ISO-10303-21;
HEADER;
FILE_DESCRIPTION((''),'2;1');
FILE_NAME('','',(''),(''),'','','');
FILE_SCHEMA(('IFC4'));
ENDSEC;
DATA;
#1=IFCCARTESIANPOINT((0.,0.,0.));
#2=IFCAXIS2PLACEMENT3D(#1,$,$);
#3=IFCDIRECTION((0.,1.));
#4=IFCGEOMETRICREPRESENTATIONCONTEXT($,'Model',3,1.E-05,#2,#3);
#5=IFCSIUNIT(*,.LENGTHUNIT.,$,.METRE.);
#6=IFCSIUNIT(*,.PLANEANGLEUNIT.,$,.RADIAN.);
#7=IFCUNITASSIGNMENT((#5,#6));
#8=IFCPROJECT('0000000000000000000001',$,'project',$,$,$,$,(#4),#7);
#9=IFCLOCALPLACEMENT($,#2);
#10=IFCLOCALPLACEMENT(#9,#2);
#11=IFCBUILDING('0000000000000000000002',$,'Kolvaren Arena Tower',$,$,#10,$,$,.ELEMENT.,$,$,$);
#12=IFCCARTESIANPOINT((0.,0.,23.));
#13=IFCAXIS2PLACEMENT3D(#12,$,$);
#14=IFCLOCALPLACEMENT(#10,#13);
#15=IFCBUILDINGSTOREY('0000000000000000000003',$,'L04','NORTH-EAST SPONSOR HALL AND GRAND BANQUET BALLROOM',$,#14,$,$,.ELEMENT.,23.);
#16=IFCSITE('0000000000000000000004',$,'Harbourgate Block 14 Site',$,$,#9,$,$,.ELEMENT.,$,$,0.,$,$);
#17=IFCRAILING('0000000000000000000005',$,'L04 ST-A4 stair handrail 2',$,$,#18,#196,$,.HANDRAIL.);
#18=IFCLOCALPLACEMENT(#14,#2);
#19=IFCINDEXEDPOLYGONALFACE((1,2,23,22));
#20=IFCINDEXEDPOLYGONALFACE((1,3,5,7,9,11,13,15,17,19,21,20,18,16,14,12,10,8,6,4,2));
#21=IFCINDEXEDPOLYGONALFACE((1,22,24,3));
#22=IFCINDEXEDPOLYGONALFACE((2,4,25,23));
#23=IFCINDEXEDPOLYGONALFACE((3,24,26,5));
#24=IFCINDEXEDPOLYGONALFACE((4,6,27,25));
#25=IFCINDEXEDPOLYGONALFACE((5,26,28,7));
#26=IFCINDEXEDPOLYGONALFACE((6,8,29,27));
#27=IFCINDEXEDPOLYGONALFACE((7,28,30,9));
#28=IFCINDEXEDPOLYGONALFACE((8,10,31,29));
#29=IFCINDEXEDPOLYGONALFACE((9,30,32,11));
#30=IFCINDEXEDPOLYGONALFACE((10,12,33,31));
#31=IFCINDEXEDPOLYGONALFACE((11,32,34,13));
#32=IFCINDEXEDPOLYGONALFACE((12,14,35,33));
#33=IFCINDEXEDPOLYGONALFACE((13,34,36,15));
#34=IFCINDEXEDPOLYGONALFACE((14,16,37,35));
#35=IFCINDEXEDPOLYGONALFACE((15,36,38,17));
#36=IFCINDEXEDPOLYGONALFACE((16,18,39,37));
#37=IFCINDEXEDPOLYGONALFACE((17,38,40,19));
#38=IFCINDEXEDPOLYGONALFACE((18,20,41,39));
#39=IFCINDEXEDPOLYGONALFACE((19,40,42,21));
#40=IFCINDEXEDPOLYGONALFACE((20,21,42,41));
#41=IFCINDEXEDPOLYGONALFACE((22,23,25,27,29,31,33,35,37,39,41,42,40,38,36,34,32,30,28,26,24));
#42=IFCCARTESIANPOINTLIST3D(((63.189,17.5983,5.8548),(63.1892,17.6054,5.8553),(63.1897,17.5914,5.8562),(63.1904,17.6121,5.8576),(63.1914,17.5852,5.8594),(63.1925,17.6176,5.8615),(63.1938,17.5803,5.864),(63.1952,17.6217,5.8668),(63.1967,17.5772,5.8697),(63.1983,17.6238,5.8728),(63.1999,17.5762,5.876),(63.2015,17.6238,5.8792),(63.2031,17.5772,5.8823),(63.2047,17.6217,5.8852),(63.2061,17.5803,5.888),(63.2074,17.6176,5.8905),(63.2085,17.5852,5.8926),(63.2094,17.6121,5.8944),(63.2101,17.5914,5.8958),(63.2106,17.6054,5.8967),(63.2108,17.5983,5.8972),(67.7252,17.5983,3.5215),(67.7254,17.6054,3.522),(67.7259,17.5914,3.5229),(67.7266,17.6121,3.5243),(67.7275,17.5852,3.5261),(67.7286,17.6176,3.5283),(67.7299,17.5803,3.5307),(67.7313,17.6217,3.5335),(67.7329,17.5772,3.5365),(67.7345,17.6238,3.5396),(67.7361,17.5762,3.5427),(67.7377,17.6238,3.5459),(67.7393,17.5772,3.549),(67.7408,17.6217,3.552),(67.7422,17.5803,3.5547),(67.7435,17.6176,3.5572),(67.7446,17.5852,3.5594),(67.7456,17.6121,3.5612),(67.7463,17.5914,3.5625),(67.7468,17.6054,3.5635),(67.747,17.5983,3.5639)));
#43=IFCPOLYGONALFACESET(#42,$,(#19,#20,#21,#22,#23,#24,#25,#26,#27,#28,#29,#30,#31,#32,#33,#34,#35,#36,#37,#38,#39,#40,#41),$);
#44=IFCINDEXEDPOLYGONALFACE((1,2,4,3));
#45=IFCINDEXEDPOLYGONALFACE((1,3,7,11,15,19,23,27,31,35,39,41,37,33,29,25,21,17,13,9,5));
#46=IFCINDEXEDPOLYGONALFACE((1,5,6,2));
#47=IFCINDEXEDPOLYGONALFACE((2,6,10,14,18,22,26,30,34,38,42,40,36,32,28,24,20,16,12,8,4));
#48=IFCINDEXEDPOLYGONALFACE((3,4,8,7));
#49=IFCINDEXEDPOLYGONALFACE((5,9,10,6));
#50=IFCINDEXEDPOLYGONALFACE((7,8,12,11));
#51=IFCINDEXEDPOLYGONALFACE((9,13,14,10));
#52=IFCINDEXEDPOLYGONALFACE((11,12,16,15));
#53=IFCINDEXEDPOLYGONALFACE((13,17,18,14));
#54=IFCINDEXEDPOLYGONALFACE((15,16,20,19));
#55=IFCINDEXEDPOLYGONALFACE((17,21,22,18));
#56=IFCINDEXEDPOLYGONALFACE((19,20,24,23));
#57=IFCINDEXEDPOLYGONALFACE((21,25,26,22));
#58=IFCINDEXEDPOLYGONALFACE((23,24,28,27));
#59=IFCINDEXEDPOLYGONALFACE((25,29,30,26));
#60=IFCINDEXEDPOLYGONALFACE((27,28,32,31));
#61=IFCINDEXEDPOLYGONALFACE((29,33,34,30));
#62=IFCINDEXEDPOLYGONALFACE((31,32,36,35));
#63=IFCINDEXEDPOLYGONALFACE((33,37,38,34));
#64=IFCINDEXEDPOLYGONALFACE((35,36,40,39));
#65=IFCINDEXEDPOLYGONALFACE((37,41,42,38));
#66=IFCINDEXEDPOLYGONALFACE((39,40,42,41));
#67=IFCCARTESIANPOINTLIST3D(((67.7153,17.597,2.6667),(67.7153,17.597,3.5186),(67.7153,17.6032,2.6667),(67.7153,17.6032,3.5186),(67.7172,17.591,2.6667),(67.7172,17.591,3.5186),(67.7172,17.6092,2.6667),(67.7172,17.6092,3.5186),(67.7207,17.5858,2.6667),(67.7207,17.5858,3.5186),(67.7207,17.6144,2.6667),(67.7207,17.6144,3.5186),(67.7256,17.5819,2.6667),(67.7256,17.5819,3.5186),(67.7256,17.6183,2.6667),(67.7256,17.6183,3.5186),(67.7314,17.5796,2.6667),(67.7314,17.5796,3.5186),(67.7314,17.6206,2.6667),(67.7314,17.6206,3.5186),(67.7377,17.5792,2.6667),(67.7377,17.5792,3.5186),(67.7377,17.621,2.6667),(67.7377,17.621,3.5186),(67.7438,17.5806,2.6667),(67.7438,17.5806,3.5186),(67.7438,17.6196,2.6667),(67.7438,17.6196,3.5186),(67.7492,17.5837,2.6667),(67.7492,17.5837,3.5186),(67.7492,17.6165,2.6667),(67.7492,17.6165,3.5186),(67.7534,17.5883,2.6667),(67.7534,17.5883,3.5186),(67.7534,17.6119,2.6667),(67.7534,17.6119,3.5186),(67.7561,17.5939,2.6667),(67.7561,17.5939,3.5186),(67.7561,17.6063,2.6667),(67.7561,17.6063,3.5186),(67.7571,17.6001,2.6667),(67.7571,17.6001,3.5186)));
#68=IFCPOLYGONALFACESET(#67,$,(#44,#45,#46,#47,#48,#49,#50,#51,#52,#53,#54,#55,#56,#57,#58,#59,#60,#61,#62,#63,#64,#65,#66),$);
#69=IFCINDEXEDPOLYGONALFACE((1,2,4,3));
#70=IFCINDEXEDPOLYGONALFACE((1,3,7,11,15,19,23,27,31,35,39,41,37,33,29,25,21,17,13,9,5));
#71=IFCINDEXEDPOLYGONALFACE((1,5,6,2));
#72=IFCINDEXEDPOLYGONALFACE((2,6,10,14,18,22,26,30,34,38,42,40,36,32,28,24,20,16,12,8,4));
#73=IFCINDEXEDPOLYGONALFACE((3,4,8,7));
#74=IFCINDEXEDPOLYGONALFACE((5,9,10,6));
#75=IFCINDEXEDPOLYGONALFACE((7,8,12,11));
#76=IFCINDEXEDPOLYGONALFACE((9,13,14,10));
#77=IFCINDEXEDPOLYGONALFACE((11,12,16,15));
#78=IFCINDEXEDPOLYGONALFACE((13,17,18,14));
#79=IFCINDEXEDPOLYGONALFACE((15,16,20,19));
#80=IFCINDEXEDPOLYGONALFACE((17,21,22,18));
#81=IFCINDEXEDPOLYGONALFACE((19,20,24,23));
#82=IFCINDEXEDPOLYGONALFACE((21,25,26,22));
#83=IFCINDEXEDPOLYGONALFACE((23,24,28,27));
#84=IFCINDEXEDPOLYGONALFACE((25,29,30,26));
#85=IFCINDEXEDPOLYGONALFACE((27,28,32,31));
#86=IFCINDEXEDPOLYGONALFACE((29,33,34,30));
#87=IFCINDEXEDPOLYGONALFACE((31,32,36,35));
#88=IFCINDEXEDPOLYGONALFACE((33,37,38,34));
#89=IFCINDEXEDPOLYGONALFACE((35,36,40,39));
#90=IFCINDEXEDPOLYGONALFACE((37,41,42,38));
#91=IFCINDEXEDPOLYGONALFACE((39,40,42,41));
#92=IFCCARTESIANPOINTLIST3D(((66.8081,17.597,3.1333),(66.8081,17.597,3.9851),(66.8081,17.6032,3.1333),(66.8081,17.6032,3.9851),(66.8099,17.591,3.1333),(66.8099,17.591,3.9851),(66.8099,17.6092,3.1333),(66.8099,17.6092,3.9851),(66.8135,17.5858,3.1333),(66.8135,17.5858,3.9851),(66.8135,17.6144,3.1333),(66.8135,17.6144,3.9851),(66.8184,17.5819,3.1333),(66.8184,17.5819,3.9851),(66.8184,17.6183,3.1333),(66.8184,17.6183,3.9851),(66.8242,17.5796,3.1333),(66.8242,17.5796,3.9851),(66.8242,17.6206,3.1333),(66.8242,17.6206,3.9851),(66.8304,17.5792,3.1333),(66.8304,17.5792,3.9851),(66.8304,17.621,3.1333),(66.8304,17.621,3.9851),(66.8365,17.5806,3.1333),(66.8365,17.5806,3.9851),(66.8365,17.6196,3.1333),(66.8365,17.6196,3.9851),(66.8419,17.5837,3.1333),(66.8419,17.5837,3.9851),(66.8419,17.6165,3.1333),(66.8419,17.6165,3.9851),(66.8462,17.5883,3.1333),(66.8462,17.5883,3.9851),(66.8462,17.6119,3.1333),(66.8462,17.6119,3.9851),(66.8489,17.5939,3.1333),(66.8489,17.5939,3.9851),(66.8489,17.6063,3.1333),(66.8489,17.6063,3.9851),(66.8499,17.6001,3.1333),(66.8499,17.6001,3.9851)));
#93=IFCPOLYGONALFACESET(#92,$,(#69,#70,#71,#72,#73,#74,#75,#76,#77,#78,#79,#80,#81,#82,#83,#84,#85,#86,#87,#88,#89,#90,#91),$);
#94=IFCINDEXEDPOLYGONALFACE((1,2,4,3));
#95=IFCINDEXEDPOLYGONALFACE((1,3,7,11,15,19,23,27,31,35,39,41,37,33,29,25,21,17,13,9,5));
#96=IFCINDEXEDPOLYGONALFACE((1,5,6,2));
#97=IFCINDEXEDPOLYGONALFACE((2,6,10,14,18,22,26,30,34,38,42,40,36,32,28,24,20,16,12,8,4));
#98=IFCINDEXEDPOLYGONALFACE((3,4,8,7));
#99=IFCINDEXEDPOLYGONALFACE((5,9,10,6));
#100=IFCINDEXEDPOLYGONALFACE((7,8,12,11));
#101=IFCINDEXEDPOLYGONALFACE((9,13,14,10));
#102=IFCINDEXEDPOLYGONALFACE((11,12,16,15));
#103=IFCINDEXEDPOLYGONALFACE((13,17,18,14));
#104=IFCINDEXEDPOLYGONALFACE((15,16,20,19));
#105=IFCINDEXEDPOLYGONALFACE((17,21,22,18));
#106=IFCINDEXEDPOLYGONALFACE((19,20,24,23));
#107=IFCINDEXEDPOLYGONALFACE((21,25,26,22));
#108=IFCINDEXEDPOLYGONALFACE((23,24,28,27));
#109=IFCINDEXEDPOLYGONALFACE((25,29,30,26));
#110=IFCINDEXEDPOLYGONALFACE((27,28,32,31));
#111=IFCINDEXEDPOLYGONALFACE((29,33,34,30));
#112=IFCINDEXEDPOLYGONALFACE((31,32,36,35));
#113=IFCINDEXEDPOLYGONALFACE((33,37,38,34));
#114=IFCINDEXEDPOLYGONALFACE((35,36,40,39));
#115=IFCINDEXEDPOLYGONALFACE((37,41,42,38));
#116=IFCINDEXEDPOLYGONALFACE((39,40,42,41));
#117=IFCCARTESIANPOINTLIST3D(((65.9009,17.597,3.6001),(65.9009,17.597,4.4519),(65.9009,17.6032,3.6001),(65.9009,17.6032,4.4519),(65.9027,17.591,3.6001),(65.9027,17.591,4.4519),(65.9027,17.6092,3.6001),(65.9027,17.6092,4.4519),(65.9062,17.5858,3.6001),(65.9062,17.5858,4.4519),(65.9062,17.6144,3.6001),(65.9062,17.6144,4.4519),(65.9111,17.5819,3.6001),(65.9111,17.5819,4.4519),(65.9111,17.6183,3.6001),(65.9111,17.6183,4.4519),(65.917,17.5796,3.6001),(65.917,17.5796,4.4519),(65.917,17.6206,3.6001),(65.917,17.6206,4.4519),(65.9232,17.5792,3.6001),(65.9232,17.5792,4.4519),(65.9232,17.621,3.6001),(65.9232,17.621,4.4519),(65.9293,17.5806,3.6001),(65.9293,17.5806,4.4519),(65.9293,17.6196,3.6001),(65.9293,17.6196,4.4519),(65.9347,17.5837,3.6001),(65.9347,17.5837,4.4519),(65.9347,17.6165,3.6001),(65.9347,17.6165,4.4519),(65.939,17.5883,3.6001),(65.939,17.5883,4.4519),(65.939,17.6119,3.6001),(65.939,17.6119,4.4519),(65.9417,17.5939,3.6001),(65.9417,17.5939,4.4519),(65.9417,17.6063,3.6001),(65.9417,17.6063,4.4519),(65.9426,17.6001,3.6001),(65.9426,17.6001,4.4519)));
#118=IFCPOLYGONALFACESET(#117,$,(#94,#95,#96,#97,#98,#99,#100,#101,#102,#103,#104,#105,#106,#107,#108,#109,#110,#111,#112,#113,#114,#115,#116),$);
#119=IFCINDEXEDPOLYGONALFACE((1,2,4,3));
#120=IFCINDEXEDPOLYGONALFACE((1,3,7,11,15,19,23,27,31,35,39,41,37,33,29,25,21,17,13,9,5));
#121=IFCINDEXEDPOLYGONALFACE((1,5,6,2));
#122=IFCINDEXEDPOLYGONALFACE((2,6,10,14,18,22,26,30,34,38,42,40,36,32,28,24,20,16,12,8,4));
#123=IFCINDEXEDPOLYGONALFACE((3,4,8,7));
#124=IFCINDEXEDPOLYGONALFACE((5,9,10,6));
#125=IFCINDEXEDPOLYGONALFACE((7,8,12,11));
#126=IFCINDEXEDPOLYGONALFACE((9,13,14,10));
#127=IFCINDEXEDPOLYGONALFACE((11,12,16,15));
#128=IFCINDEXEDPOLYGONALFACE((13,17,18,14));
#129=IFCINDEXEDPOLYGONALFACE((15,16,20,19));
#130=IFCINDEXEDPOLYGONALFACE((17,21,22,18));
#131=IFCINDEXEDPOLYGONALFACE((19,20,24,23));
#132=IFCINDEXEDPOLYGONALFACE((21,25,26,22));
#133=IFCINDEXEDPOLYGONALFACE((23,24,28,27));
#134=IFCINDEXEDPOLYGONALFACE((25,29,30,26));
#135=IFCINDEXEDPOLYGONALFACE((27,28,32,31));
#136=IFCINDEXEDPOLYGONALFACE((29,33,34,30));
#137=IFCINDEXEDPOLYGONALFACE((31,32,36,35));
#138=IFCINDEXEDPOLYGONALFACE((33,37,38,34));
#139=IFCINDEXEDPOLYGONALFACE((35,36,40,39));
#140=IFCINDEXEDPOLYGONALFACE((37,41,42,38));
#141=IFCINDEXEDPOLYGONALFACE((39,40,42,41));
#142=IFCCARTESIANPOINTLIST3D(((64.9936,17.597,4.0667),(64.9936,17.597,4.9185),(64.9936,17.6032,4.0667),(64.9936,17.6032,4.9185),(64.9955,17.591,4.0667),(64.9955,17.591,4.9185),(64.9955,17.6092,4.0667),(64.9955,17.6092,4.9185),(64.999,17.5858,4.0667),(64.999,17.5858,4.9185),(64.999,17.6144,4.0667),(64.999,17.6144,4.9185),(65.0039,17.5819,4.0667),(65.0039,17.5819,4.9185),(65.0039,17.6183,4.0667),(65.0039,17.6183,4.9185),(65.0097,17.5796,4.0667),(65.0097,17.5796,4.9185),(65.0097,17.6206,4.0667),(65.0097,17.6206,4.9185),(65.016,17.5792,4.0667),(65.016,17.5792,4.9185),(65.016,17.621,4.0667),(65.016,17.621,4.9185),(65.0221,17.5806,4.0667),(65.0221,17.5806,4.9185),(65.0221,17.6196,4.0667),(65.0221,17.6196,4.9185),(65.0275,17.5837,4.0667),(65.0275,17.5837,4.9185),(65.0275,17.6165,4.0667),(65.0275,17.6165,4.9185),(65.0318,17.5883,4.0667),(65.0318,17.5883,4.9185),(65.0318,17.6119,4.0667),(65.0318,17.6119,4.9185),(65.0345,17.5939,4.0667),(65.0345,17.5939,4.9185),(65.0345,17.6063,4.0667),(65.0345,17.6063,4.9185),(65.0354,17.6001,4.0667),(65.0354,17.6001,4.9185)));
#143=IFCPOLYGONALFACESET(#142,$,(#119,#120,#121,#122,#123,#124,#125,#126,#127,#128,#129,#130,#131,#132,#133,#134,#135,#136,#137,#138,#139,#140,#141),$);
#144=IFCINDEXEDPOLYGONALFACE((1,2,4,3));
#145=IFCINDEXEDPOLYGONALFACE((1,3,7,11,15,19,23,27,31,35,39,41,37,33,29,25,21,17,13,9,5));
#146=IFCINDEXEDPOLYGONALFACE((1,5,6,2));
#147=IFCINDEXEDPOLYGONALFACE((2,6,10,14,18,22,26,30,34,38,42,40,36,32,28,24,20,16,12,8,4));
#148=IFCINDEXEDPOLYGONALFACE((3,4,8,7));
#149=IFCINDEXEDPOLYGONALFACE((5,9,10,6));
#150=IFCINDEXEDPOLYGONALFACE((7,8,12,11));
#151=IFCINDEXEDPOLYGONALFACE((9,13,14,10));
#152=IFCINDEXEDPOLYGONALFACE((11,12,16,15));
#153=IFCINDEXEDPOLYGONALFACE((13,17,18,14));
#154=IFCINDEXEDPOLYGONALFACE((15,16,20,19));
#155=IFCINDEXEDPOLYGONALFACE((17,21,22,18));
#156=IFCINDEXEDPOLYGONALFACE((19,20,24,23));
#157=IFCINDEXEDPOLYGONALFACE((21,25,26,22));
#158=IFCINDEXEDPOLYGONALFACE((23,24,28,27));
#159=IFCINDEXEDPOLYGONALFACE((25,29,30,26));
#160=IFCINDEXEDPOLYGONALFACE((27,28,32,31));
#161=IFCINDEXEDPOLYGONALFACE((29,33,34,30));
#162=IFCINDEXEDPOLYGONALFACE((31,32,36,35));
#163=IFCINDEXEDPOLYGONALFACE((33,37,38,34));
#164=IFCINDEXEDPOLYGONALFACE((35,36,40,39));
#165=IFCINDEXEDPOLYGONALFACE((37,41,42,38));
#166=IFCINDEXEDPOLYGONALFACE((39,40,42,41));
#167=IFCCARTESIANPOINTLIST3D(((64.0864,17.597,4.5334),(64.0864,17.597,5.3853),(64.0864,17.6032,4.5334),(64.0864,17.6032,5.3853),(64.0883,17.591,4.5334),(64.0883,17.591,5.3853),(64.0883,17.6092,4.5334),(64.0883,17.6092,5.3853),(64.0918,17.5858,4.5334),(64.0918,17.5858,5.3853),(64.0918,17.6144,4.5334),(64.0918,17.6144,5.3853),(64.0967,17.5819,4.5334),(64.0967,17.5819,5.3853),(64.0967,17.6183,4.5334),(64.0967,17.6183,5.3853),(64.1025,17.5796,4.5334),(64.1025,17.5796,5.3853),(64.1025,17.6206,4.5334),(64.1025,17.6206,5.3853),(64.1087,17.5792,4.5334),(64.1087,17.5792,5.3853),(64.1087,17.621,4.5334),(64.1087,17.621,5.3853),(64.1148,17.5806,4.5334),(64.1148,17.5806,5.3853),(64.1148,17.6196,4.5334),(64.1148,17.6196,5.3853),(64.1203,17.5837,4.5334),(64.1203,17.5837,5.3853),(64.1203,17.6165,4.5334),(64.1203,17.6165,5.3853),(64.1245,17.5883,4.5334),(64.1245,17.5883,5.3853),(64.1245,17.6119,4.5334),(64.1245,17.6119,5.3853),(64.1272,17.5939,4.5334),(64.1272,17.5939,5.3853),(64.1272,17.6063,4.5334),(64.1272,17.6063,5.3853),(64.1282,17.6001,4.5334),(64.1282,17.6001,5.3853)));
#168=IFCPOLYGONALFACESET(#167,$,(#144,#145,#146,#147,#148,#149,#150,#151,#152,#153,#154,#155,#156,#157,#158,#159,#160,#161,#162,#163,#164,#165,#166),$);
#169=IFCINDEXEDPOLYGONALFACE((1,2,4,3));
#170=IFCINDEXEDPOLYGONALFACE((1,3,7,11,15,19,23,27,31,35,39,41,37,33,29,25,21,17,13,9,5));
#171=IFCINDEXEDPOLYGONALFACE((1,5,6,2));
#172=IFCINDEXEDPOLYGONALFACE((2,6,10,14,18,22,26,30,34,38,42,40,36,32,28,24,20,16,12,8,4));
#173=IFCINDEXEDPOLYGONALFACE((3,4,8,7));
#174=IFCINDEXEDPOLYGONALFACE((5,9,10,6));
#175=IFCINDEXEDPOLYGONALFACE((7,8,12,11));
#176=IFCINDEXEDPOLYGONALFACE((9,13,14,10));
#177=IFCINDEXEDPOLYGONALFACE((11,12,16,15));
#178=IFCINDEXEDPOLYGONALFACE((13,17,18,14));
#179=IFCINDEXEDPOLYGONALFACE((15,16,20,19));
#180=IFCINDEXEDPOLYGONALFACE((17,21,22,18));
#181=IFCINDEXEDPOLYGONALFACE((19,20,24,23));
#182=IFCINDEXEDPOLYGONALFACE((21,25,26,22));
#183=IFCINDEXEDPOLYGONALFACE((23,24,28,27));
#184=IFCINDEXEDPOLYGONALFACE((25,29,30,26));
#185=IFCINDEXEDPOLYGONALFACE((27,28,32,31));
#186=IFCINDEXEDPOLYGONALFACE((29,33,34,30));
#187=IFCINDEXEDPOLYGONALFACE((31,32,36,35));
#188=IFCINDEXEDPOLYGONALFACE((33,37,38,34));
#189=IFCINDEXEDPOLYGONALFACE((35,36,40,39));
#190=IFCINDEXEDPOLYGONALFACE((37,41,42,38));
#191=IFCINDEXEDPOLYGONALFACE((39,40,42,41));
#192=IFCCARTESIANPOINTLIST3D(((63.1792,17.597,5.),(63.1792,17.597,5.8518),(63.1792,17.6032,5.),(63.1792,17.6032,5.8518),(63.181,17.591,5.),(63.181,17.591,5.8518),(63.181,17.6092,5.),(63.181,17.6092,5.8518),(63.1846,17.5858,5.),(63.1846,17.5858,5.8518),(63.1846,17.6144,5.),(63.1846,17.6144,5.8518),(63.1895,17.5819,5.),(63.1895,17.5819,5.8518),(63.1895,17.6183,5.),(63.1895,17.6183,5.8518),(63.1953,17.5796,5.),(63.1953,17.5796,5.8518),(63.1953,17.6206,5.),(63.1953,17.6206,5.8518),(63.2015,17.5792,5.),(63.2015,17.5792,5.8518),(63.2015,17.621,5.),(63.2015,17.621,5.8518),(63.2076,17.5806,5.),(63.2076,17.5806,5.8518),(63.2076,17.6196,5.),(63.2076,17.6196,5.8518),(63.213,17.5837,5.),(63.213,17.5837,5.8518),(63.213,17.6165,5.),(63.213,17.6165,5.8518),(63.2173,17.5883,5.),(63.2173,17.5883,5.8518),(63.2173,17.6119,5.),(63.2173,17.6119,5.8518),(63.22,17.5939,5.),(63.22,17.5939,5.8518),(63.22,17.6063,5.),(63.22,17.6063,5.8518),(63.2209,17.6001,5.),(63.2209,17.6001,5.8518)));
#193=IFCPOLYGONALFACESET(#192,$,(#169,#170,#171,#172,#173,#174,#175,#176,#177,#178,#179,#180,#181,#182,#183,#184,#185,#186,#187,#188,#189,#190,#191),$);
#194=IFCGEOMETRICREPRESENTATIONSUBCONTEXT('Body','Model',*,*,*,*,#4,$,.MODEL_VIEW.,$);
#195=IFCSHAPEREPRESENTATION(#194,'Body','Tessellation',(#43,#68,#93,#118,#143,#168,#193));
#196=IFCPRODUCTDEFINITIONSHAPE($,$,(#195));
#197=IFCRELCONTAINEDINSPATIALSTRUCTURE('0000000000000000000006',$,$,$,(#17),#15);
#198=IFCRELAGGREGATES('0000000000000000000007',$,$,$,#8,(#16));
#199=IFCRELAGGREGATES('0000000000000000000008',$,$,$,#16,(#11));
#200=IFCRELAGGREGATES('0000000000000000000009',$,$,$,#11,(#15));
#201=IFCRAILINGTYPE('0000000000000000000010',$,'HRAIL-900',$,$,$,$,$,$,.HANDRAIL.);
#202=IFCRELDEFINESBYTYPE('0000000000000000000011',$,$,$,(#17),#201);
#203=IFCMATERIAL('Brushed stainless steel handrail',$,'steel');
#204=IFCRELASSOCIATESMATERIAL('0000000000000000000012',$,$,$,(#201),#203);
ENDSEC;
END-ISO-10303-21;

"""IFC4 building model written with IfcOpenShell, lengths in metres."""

from ifc_helpers import new_model, si_unit, direction, frame, origin, origin_2d, place, context, subcontext, project, spatial, circle, extrude, material, type_object, element, save


model = new_model("IFC4")

# Units and contexts
model_context = context("Model", 3, precision=1e-05, world=origin(), true_north=direction((0.0, 1.0)))
body_context = subcontext(model_context, "Body", "Model", "MODEL_VIEW")
ifc_project = project(units=[si_unit("LENGTHUNIT", "METRE"), si_unit("PLANEANGLEUNIT", "RADIAN")], contexts=[model_context])

# Site, building, storey
site_placement = place(None, origin())
site = spatial("IfcSite", under=ifc_project, at=site_placement, Name="Harbourgate Block 14 Site", CompositionType="ELEMENT", RefElevation=0.0)
building_placement = place(site_placement, origin())
building = spatial("IfcBuilding", under=site, at=building_placement, Name="Kolvaren Arena Tower", CompositionType="ELEMENT")
storey_placement = place(building_placement, frame((0.0, 0.0, 23.0)))
storey = spatial("IfcBuildingStorey", under=building, at=storey_placement, Name="L04", Description="NORTH-EAST SPONSOR HALL AND GRAND BANQUET BALLROOM", CompositionType="ELEMENT", Elevation=23.0)

# Railing
ifc_material_1 = material(Name="Brushed stainless steel handrail", Category="steel")
railing_type_1 = type_object("IfcRailingType", Name="HRAIL-900", PredefinedType="HANDRAIL", material=ifc_material_1)
railing_1_placement = place(storey_placement, frame((67.7361, 17.6001, 2.6667)))
element("IfcRailing", 1, at=railing_1_placement, inside=storey, type_object=railing_type_1, Name="L04 ST-A4 stair handrail 2", PredefinedType="HANDRAIL", context=body_context, shape_type="SweptSolid", body=[
    extrude(circle(Radius=0.0239, at=origin_2d()), frame((0.0, 0.0, 0.876), z_axis=(-0.889257, 0.0, 0.457407), x_axis=(0.0, -1.0, 0.0)), (0.0, 0.0, 1.0), 5.1011),
    extrude(circle(Radius=0.021, at=origin_2d()), origin(), (0.0, 0.0, 1.0), 0.8518),
    extrude(circle(Radius=0.021, at=origin_2d()), frame((-0.9072, 0.0, 0.4666)), (0.0, 0.0, 1.0), 0.8518),
    extrude(circle(Radius=0.021, at=origin_2d()), frame((-1.8145, 0.0, 0.9333)), (0.0, 0.0, 1.0), 0.8518),
    extrude(circle(Radius=0.021, at=origin_2d()), frame((-2.7217, 0.0, 1.3999)), (0.0, 0.0, 1.0), 0.8518),
    extrude(circle(Radius=0.021, at=origin_2d()), frame((-3.6289, 0.0, 1.8667)), (0.0, 0.0, 1.0), 0.8518),
    extrude(circle(Radius=0.021, at=origin_2d()), frame((-4.5361, 0.0, 2.3333)), (0.0, 0.0, 1.0), 0.8518),
])

save(model, "model.ifc")
